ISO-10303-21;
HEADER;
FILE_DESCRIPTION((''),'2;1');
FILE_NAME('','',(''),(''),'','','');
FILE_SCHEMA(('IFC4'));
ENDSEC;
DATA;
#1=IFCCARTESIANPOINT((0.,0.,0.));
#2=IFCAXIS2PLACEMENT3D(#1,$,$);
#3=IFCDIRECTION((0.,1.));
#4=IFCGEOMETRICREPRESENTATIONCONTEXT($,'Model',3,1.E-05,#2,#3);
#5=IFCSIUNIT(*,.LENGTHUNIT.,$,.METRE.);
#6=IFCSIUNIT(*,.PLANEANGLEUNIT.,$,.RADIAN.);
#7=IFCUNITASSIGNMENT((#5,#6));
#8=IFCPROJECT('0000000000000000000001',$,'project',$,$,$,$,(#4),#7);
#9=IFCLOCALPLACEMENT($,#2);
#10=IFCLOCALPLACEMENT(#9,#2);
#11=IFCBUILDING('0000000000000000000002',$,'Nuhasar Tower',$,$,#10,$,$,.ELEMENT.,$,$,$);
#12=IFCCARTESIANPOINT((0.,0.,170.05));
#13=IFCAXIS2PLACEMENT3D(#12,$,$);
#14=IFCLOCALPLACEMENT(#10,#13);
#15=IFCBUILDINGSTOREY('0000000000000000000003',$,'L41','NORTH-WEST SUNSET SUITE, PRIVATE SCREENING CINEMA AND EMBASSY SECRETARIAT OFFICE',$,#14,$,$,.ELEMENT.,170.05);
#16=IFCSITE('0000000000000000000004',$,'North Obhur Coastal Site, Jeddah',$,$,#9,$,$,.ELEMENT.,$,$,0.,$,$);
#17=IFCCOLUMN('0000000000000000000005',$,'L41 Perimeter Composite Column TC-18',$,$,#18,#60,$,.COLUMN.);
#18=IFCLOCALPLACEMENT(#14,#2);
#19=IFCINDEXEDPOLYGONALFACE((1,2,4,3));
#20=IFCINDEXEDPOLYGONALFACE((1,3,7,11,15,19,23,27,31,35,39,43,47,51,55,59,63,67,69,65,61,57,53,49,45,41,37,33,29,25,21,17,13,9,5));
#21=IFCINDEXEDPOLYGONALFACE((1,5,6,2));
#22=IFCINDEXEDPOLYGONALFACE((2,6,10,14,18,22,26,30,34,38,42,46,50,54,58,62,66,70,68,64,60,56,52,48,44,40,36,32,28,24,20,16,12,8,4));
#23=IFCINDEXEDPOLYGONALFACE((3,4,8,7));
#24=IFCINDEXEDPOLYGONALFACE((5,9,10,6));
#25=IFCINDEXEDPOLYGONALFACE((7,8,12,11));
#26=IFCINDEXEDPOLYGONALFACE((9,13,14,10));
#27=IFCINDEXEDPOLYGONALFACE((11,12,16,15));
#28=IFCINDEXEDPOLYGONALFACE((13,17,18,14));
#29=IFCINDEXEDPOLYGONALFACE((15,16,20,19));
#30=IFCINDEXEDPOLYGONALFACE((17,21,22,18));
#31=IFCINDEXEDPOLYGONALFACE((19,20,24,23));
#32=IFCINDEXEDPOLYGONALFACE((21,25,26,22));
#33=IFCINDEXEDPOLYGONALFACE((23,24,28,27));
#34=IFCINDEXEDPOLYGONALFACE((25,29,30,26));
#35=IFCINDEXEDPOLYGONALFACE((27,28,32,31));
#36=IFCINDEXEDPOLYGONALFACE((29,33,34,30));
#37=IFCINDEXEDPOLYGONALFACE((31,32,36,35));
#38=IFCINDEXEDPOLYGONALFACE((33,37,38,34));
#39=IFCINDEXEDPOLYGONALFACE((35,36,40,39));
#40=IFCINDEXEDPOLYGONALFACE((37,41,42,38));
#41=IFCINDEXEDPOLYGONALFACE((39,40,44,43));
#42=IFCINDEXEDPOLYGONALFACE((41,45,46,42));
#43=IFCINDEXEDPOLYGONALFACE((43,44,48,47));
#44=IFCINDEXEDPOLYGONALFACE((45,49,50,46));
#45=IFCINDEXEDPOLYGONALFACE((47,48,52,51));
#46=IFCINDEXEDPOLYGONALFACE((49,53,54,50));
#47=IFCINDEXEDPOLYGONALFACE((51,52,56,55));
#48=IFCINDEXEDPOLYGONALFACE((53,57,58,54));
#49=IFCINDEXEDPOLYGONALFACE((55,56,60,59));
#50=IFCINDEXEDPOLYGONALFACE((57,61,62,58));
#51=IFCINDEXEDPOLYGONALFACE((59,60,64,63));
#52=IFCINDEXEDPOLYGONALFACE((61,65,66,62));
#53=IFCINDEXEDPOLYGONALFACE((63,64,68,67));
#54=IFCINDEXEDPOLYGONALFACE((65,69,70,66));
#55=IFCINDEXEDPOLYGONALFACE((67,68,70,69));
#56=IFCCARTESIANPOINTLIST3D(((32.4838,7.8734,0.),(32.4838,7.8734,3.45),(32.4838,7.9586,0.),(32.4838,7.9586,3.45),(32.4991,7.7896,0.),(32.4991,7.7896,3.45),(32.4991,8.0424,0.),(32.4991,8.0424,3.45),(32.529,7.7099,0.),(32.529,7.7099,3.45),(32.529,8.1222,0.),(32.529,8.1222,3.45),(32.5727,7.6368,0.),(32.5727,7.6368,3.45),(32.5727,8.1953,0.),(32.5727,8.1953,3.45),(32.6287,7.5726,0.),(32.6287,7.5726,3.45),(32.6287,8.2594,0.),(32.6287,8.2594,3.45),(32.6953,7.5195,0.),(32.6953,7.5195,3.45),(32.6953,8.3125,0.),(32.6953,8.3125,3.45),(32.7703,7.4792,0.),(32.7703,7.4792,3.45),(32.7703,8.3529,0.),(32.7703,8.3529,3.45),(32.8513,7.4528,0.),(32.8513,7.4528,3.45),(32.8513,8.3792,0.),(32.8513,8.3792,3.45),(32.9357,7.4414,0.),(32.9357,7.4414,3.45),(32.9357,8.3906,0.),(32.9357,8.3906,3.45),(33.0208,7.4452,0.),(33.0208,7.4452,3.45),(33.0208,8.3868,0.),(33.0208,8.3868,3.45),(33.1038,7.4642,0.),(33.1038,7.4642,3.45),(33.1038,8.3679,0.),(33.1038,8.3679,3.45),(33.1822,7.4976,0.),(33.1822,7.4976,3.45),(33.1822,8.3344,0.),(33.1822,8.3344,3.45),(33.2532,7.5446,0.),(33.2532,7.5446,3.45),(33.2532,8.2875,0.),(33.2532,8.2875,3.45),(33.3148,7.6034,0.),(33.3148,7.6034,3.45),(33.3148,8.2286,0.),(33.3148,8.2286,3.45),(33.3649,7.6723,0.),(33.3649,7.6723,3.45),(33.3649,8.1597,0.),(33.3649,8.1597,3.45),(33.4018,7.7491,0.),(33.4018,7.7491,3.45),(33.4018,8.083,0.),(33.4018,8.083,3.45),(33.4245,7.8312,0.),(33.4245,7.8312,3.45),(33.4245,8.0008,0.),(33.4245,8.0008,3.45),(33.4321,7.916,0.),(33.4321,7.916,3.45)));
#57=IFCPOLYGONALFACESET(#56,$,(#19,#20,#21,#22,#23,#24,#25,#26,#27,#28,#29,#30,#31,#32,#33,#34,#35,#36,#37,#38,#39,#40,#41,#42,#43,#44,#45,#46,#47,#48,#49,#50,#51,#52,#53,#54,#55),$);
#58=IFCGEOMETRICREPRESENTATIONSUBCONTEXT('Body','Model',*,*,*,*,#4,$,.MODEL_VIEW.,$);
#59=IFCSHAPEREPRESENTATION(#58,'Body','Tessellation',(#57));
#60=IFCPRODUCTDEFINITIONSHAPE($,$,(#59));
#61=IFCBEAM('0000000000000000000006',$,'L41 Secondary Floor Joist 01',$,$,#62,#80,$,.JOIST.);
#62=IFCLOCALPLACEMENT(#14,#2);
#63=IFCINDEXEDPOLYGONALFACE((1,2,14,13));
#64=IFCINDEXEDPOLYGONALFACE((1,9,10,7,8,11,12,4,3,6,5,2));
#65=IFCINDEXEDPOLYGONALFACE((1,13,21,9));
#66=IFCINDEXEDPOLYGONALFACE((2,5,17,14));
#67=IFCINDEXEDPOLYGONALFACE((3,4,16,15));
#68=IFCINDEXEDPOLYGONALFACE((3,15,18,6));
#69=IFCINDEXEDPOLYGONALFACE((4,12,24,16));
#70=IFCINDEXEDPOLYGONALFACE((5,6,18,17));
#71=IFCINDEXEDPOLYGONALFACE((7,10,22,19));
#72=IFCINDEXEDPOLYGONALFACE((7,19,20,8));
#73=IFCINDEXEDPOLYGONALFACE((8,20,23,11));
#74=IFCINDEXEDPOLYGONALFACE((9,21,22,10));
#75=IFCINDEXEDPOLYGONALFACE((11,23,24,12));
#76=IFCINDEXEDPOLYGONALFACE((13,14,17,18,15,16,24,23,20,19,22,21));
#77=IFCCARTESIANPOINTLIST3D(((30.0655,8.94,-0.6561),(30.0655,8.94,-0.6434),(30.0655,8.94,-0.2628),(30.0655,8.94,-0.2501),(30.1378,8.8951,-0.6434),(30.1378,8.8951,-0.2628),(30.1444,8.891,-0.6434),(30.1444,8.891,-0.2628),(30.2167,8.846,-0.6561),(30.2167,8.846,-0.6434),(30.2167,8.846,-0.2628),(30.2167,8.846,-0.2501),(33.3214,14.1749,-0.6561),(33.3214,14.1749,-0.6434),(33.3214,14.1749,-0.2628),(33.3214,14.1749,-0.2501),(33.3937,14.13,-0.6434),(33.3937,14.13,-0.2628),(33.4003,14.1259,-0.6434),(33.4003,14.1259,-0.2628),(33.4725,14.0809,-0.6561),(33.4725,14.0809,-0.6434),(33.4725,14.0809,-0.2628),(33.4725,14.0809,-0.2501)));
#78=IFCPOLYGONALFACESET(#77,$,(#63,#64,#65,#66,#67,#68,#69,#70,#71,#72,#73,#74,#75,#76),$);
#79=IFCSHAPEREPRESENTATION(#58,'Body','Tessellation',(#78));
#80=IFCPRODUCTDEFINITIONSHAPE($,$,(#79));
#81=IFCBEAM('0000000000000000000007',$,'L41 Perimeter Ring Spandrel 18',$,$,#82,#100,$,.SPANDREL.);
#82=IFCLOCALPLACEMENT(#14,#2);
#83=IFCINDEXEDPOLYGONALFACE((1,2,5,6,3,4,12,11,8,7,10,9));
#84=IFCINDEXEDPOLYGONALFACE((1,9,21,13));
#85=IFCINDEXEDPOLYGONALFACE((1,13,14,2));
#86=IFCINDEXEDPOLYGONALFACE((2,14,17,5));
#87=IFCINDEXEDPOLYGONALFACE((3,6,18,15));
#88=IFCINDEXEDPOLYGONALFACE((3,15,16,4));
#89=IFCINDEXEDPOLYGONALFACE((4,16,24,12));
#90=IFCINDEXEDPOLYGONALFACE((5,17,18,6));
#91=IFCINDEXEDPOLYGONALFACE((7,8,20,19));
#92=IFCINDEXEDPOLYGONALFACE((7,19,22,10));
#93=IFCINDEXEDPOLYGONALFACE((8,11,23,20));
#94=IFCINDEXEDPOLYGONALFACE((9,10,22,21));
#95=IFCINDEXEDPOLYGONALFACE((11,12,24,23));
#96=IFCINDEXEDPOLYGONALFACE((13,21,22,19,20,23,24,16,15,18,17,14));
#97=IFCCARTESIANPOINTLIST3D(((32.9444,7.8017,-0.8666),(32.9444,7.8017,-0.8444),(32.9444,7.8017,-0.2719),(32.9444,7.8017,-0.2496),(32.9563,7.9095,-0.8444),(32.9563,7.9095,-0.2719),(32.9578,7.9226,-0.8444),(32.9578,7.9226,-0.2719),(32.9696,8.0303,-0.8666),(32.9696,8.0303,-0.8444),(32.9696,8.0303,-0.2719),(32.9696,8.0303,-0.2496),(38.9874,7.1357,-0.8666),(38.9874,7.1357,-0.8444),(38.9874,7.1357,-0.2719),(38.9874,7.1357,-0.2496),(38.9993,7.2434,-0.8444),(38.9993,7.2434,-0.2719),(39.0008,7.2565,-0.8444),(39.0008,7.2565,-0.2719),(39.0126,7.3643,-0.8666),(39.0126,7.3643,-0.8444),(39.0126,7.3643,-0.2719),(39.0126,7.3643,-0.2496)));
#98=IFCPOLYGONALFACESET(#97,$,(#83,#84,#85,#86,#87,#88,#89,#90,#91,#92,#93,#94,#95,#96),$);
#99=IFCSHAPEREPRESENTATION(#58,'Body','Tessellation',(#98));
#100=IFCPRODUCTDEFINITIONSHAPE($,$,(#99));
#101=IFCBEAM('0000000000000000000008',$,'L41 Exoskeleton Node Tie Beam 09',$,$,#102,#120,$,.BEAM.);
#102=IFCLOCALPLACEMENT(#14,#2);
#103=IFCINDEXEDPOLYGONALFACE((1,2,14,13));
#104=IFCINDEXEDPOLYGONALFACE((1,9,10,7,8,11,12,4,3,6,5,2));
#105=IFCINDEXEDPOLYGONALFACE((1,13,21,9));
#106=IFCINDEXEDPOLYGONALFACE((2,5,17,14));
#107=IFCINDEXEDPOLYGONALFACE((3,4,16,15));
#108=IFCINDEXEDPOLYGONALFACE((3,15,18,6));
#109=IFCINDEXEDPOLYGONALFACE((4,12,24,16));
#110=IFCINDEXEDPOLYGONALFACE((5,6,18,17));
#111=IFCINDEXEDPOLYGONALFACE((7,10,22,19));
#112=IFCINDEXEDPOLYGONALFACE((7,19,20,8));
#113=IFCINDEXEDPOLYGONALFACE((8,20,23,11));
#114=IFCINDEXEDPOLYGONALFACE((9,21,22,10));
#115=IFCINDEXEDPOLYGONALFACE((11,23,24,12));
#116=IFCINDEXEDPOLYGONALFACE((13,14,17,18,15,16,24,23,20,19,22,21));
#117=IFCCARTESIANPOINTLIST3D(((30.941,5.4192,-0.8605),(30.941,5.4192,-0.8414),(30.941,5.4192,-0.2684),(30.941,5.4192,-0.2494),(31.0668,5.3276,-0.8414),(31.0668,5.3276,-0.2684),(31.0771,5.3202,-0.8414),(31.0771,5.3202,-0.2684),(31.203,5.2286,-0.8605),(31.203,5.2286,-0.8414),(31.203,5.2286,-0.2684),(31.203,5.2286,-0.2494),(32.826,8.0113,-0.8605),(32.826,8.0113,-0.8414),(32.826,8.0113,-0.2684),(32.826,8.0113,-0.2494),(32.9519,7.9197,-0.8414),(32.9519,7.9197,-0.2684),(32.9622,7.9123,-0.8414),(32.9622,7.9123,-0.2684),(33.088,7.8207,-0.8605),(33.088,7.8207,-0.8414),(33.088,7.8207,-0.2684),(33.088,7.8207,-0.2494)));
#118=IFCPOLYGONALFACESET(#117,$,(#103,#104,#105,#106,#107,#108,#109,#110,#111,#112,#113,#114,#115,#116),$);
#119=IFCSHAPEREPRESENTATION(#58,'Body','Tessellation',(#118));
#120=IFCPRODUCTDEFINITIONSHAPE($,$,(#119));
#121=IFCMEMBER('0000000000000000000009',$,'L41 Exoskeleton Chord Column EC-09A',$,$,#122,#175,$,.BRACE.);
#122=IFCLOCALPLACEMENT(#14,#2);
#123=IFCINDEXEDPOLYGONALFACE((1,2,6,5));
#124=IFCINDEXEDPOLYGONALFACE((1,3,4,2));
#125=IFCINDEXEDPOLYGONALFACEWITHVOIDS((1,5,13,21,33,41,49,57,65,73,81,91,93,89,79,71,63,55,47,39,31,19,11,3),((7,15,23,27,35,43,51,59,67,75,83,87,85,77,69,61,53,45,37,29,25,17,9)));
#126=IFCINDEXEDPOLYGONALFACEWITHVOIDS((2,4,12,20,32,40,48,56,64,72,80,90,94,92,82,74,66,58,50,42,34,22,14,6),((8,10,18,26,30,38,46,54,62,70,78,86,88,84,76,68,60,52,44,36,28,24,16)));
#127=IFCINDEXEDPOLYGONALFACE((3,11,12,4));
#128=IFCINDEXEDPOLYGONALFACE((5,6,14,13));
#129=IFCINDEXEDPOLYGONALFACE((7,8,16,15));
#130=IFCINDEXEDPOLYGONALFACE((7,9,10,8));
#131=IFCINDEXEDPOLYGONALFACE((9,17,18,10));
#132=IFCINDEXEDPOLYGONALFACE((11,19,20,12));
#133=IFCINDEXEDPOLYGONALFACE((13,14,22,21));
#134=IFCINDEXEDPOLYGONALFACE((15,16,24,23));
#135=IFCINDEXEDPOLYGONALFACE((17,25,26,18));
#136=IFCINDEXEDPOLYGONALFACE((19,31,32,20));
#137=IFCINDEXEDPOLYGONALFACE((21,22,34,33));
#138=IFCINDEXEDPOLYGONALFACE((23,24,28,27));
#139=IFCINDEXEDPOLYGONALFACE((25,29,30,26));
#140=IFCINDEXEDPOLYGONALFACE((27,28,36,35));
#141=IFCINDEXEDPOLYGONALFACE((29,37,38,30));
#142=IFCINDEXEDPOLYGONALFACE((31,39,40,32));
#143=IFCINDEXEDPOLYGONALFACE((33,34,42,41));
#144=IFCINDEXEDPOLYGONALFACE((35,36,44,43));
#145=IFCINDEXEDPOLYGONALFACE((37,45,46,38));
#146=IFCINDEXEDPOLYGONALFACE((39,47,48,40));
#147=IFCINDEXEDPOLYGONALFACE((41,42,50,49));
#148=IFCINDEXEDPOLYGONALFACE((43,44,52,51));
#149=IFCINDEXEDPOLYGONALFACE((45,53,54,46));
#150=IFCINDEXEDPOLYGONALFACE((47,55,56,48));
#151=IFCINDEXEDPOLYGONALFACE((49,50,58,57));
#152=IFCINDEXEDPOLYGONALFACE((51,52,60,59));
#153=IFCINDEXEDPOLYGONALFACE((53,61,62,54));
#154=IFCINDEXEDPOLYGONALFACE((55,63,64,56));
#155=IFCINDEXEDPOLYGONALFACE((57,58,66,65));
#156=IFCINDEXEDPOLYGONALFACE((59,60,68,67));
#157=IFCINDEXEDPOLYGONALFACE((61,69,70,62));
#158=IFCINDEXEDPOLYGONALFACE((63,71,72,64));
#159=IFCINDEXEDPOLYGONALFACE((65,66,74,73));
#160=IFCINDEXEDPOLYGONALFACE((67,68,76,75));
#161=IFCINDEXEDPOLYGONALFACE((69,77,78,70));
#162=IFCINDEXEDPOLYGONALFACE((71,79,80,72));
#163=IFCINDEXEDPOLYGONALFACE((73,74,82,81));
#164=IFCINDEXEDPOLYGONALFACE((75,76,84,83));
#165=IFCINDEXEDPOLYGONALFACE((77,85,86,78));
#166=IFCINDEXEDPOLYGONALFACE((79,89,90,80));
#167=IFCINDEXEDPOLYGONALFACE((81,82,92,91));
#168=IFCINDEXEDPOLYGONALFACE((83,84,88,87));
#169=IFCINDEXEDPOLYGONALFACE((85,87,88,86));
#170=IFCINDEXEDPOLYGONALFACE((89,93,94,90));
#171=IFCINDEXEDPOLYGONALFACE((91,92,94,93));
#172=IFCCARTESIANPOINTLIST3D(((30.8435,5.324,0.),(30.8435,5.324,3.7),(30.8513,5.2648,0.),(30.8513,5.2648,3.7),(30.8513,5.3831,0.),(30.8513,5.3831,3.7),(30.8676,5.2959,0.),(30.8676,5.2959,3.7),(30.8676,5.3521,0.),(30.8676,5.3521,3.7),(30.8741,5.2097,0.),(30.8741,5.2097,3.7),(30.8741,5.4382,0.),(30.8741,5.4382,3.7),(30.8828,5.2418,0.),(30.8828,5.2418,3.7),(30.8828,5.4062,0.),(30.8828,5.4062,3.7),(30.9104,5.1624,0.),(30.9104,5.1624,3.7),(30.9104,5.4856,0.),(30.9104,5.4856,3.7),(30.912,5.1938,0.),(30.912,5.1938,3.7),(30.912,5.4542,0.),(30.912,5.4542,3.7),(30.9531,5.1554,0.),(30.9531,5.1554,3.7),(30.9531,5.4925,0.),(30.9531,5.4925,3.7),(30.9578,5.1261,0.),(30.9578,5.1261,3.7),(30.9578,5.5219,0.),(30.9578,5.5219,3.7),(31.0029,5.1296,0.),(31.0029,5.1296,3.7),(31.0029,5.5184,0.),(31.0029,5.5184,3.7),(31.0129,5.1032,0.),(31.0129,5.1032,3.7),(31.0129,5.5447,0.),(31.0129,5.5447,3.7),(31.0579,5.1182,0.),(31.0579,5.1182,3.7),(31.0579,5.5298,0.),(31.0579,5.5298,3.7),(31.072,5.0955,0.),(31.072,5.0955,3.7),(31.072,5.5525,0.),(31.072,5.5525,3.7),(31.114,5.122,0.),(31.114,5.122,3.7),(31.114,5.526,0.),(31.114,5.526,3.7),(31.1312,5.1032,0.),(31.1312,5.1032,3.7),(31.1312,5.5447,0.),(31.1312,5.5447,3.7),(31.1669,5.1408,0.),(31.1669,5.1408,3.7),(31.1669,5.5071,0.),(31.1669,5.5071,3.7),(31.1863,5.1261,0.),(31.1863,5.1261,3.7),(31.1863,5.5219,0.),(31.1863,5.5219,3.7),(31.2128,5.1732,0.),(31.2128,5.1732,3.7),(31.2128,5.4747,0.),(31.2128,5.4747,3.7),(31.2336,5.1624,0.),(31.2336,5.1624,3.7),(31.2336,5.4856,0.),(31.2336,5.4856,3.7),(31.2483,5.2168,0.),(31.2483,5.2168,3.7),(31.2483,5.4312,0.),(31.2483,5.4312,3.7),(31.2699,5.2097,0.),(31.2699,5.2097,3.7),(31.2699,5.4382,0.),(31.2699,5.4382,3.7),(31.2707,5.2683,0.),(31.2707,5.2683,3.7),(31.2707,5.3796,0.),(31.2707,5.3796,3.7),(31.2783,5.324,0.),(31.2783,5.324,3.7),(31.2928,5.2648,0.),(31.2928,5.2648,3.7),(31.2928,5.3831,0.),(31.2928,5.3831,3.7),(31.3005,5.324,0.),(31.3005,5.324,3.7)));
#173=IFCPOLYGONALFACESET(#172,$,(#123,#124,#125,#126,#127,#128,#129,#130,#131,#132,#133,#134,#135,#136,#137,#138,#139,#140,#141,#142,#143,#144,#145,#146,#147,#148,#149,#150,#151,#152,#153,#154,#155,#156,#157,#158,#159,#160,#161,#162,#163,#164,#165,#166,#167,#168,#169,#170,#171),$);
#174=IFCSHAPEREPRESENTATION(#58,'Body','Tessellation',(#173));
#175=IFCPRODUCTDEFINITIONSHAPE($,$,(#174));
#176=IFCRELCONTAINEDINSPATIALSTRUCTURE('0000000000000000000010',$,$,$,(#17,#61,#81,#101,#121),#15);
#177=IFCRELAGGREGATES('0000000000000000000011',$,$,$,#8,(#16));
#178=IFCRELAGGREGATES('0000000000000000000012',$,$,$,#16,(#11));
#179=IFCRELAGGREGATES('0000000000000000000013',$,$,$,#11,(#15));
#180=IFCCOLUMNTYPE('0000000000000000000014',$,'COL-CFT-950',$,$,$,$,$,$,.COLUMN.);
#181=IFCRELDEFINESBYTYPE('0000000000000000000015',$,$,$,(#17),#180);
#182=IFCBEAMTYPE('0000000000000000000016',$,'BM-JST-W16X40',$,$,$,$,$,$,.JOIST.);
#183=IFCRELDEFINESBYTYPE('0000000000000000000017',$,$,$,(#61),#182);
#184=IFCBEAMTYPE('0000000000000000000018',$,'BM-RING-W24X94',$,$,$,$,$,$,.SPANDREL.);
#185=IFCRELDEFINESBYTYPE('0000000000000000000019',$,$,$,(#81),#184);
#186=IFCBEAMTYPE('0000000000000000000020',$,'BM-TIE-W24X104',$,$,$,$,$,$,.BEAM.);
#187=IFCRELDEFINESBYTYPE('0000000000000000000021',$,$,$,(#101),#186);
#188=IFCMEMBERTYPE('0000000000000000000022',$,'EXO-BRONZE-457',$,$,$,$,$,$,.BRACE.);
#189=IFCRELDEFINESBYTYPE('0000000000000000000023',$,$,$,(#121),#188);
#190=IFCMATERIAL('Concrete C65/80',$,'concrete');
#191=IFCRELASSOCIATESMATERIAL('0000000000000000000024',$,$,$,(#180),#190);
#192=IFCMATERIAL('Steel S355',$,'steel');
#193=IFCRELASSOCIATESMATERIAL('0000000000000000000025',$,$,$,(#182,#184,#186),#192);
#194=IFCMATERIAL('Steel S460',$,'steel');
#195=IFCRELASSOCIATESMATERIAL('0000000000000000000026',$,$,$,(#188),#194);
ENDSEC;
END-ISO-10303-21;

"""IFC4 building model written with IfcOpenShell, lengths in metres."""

from ifc_helpers import new_model, si_unit, direction, frame, origin, origin_2d, place, context, subcontext, project, spatial, circle, hollow_circle, i_section, extrude, material, material_profile, profile_set, type_object, element, save


model = new_model("IFC4")

# Units and contexts
model_context = context("Model", 3, precision=1e-05, world=origin(), true_north=direction((0.0, 1.0)))
body_context = subcontext(model_context, "Body", "Model", "MODEL_VIEW")
ifc_project = project(units=[si_unit("LENGTHUNIT", "METRE"), si_unit("PLANEANGLEUNIT", "RADIAN")], contexts=[model_context])

# Site, building, storey
site_placement = place(None, origin())
site = spatial("IfcSite", under=ifc_project, at=site_placement, Name="North Obhur Coastal Site, Jeddah", CompositionType="ELEMENT", RefElevation=0.0)
building_placement = place(site_placement, origin())
building = spatial("IfcBuilding", under=site, at=building_placement, Name="Nuhasar Tower", CompositionType="ELEMENT")
storey_placement = place(building_placement, frame((0.0, 0.0, 170.05)))
storey = spatial("IfcBuildingStorey", under=building, at=storey_placement, Name="L41", Description="NORTH-WEST SUNSET SUITE, PRIVATE SCREENING CINEMA AND EMBASSY SECRETARIAT OFFICE", CompositionType="ELEMENT", Elevation=170.05)

# Column
ifc_material_1 = material(Name="Concrete C65/80", Category="concrete")
ifc_material_profile_1 = material_profile(ifc_material_1, circle(Radius=0.4751, at=origin_2d()), Name="CFT950")
ifc_profile_set_1 = profile_set([ifc_material_profile_1], Name="Concrete C65/80")
column_type = type_object("IfcColumnType", Name="COL-CFT-950", PredefinedType="COLUMN", material=ifc_profile_set_1)
column_placement = place(storey_placement, frame((32.957, 7.916, 0.0), z_axis=(0.0, 0.0, 1.0), x_axis=(1.0, 0.0, 0.0)))
element("IfcColumn", 1, at=column_placement, inside=storey, type_object=column_type, Name="L41 Perimeter Composite Column TC-18", PredefinedType="COLUMN", context=body_context, shape_type="SweptSolid", body=[
    extrude(circle(Radius=0.4751, at=origin_2d()), origin(), (0.0, 0.0, 1.0), 3.45),
])

# Beams
ifc_material_2 = material(Name="Steel S355", Category="steel")
ifc_material_profile_2 = material_profile(ifc_material_2, i_section(OverallWidth=0.178, OverallDepth=0.406, WebThickness=0.0078, FlangeThickness=0.0127, at=origin_2d()), Name="W16X40")
ifc_profile_set_2 = profile_set([ifc_material_profile_2], Name="Steel S355")
beam_type_1 = type_object("IfcBeamType", Name="BM-JST-W16X40", PredefinedType="JOIST", material=ifc_profile_set_2)
beam_1_placement = place(storey_placement, frame((33.397, 14.1279, -0.4531), z_axis=(-0.528139, -0.849158, 0.0), x_axis=(0.849158, -0.528139, 0.0)))
element("IfcBeam", 2, at=beam_1_placement, inside=storey, type_object=beam_type_1, Name="L41 Secondary Floor Joist 01", PredefinedType="JOIST", context=body_context, shape_type="SweptSolid", body=[
    extrude(i_section(OverallWidth=0.178, OverallDepth=0.406, WebThickness=0.0078, FlangeThickness=0.0127, at=origin_2d()), origin(), (0.0, 0.0, 1.0), 6.1648),
])
ifc_material_profile_3 = material_profile(ifc_material_2, i_section(OverallWidth=0.23, OverallDepth=0.6169, WebThickness=0.0132, FlangeThickness=0.0222, at=origin_2d()), Name="W24X94")
ifc_profile_set_3 = profile_set([ifc_material_profile_3], Name="Steel S355")
beam_type_2 = type_object("IfcBeamType", Name="BM-RING-W24X94", PredefinedType="SPANDREL", material=ifc_profile_set_3)
beam_2_placement = place(storey_placement, frame((32.957, 7.916, -0.5581), z_axis=(0.993981, -0.10955, 0.0), x_axis=(0.10955, 0.993981, 0.0)))
element("IfcBeam", 3, at=beam_2_placement, inside=storey, type_object=beam_type_2, Name="L41 Perimeter Ring Spandrel 18", PredefinedType="SPANDREL", context=body_context, shape_type="SweptSolid", body=[
    extrude(i_section(OverallWidth=0.23, OverallDepth=0.6169, WebThickness=0.0132, FlangeThickness=0.0222, at=origin_2d()), origin(), (0.0, 0.0, 1.0), 6.0796),
])
ifc_material_profile_4 = material_profile(ifc_material_2, i_section(OverallWidth=0.324, OverallDepth=0.6111, WebThickness=0.0127, FlangeThickness=0.019, at=origin_2d()), Name="W24X104")
ifc_profile_set_4 = profile_set([ifc_material_profile_4], Name="Steel S355")
beam_type_3 = type_object("IfcBeamType", Name="BM-TIE-W24X104", PredefinedType="BEAM", material=ifc_profile_set_4)
beam_3_placement = place(storey_placement, frame((32.957, 7.916, -0.5549), z_axis=(-0.588149, -0.808753, 0.0), x_axis=(0.808753, -0.588149, 0.0)))
element("IfcBeam", 4, at=beam_3_placement, inside=storey, type_object=beam_type_3, Name="L41 Exoskeleton Node Tie Beam 09", PredefinedType="BEAM", context=body_context, shape_type="SweptSolid", body=[
    extrude(i_section(OverallWidth=0.324, OverallDepth=0.6111, WebThickness=0.0127, FlangeThickness=0.019, at=origin_2d()), origin(), (0.0, 0.0, 1.0), 3.2051),
])

# Member
ifc_material_3 = material(Name="Steel S460", Category="steel")
ifc_material_profile_5 = material_profile(ifc_material_3, hollow_circle(Radius=0.2285, WallThickness=0.0222, at=origin_2d()), Name="HSS457X22.2")
ifc_profile_set_5 = profile_set([ifc_material_profile_5], Name="Steel S460")
member_type = type_object("IfcMemberType", Name="EXO-BRONZE-457", PredefinedType="BRACE", material=ifc_profile_set_5)
for number, where, z_axis, x_axis, name in (
    (5, (31.072, 5.324, 0.0), (0.0, 0.0, 1.0), (1.0, 0.0, 0.0), "L41 Exoskeleton Chord Column EC-09A"),
):
    element("IfcMember", number, at=place(storey_placement, frame(where, z_axis=z_axis, x_axis=x_axis)), inside=storey, type_object=member_type, Name=name, PredefinedType="BRACE", context=body_context, shape_type="SweptSolid", body=[
        extrude(hollow_circle(Radius=0.2285, WallThickness=0.0222, at=origin_2d()), origin(), (0.0, 0.0, 1.0), 3.7),
    ])

save(model, "model.ifc")
